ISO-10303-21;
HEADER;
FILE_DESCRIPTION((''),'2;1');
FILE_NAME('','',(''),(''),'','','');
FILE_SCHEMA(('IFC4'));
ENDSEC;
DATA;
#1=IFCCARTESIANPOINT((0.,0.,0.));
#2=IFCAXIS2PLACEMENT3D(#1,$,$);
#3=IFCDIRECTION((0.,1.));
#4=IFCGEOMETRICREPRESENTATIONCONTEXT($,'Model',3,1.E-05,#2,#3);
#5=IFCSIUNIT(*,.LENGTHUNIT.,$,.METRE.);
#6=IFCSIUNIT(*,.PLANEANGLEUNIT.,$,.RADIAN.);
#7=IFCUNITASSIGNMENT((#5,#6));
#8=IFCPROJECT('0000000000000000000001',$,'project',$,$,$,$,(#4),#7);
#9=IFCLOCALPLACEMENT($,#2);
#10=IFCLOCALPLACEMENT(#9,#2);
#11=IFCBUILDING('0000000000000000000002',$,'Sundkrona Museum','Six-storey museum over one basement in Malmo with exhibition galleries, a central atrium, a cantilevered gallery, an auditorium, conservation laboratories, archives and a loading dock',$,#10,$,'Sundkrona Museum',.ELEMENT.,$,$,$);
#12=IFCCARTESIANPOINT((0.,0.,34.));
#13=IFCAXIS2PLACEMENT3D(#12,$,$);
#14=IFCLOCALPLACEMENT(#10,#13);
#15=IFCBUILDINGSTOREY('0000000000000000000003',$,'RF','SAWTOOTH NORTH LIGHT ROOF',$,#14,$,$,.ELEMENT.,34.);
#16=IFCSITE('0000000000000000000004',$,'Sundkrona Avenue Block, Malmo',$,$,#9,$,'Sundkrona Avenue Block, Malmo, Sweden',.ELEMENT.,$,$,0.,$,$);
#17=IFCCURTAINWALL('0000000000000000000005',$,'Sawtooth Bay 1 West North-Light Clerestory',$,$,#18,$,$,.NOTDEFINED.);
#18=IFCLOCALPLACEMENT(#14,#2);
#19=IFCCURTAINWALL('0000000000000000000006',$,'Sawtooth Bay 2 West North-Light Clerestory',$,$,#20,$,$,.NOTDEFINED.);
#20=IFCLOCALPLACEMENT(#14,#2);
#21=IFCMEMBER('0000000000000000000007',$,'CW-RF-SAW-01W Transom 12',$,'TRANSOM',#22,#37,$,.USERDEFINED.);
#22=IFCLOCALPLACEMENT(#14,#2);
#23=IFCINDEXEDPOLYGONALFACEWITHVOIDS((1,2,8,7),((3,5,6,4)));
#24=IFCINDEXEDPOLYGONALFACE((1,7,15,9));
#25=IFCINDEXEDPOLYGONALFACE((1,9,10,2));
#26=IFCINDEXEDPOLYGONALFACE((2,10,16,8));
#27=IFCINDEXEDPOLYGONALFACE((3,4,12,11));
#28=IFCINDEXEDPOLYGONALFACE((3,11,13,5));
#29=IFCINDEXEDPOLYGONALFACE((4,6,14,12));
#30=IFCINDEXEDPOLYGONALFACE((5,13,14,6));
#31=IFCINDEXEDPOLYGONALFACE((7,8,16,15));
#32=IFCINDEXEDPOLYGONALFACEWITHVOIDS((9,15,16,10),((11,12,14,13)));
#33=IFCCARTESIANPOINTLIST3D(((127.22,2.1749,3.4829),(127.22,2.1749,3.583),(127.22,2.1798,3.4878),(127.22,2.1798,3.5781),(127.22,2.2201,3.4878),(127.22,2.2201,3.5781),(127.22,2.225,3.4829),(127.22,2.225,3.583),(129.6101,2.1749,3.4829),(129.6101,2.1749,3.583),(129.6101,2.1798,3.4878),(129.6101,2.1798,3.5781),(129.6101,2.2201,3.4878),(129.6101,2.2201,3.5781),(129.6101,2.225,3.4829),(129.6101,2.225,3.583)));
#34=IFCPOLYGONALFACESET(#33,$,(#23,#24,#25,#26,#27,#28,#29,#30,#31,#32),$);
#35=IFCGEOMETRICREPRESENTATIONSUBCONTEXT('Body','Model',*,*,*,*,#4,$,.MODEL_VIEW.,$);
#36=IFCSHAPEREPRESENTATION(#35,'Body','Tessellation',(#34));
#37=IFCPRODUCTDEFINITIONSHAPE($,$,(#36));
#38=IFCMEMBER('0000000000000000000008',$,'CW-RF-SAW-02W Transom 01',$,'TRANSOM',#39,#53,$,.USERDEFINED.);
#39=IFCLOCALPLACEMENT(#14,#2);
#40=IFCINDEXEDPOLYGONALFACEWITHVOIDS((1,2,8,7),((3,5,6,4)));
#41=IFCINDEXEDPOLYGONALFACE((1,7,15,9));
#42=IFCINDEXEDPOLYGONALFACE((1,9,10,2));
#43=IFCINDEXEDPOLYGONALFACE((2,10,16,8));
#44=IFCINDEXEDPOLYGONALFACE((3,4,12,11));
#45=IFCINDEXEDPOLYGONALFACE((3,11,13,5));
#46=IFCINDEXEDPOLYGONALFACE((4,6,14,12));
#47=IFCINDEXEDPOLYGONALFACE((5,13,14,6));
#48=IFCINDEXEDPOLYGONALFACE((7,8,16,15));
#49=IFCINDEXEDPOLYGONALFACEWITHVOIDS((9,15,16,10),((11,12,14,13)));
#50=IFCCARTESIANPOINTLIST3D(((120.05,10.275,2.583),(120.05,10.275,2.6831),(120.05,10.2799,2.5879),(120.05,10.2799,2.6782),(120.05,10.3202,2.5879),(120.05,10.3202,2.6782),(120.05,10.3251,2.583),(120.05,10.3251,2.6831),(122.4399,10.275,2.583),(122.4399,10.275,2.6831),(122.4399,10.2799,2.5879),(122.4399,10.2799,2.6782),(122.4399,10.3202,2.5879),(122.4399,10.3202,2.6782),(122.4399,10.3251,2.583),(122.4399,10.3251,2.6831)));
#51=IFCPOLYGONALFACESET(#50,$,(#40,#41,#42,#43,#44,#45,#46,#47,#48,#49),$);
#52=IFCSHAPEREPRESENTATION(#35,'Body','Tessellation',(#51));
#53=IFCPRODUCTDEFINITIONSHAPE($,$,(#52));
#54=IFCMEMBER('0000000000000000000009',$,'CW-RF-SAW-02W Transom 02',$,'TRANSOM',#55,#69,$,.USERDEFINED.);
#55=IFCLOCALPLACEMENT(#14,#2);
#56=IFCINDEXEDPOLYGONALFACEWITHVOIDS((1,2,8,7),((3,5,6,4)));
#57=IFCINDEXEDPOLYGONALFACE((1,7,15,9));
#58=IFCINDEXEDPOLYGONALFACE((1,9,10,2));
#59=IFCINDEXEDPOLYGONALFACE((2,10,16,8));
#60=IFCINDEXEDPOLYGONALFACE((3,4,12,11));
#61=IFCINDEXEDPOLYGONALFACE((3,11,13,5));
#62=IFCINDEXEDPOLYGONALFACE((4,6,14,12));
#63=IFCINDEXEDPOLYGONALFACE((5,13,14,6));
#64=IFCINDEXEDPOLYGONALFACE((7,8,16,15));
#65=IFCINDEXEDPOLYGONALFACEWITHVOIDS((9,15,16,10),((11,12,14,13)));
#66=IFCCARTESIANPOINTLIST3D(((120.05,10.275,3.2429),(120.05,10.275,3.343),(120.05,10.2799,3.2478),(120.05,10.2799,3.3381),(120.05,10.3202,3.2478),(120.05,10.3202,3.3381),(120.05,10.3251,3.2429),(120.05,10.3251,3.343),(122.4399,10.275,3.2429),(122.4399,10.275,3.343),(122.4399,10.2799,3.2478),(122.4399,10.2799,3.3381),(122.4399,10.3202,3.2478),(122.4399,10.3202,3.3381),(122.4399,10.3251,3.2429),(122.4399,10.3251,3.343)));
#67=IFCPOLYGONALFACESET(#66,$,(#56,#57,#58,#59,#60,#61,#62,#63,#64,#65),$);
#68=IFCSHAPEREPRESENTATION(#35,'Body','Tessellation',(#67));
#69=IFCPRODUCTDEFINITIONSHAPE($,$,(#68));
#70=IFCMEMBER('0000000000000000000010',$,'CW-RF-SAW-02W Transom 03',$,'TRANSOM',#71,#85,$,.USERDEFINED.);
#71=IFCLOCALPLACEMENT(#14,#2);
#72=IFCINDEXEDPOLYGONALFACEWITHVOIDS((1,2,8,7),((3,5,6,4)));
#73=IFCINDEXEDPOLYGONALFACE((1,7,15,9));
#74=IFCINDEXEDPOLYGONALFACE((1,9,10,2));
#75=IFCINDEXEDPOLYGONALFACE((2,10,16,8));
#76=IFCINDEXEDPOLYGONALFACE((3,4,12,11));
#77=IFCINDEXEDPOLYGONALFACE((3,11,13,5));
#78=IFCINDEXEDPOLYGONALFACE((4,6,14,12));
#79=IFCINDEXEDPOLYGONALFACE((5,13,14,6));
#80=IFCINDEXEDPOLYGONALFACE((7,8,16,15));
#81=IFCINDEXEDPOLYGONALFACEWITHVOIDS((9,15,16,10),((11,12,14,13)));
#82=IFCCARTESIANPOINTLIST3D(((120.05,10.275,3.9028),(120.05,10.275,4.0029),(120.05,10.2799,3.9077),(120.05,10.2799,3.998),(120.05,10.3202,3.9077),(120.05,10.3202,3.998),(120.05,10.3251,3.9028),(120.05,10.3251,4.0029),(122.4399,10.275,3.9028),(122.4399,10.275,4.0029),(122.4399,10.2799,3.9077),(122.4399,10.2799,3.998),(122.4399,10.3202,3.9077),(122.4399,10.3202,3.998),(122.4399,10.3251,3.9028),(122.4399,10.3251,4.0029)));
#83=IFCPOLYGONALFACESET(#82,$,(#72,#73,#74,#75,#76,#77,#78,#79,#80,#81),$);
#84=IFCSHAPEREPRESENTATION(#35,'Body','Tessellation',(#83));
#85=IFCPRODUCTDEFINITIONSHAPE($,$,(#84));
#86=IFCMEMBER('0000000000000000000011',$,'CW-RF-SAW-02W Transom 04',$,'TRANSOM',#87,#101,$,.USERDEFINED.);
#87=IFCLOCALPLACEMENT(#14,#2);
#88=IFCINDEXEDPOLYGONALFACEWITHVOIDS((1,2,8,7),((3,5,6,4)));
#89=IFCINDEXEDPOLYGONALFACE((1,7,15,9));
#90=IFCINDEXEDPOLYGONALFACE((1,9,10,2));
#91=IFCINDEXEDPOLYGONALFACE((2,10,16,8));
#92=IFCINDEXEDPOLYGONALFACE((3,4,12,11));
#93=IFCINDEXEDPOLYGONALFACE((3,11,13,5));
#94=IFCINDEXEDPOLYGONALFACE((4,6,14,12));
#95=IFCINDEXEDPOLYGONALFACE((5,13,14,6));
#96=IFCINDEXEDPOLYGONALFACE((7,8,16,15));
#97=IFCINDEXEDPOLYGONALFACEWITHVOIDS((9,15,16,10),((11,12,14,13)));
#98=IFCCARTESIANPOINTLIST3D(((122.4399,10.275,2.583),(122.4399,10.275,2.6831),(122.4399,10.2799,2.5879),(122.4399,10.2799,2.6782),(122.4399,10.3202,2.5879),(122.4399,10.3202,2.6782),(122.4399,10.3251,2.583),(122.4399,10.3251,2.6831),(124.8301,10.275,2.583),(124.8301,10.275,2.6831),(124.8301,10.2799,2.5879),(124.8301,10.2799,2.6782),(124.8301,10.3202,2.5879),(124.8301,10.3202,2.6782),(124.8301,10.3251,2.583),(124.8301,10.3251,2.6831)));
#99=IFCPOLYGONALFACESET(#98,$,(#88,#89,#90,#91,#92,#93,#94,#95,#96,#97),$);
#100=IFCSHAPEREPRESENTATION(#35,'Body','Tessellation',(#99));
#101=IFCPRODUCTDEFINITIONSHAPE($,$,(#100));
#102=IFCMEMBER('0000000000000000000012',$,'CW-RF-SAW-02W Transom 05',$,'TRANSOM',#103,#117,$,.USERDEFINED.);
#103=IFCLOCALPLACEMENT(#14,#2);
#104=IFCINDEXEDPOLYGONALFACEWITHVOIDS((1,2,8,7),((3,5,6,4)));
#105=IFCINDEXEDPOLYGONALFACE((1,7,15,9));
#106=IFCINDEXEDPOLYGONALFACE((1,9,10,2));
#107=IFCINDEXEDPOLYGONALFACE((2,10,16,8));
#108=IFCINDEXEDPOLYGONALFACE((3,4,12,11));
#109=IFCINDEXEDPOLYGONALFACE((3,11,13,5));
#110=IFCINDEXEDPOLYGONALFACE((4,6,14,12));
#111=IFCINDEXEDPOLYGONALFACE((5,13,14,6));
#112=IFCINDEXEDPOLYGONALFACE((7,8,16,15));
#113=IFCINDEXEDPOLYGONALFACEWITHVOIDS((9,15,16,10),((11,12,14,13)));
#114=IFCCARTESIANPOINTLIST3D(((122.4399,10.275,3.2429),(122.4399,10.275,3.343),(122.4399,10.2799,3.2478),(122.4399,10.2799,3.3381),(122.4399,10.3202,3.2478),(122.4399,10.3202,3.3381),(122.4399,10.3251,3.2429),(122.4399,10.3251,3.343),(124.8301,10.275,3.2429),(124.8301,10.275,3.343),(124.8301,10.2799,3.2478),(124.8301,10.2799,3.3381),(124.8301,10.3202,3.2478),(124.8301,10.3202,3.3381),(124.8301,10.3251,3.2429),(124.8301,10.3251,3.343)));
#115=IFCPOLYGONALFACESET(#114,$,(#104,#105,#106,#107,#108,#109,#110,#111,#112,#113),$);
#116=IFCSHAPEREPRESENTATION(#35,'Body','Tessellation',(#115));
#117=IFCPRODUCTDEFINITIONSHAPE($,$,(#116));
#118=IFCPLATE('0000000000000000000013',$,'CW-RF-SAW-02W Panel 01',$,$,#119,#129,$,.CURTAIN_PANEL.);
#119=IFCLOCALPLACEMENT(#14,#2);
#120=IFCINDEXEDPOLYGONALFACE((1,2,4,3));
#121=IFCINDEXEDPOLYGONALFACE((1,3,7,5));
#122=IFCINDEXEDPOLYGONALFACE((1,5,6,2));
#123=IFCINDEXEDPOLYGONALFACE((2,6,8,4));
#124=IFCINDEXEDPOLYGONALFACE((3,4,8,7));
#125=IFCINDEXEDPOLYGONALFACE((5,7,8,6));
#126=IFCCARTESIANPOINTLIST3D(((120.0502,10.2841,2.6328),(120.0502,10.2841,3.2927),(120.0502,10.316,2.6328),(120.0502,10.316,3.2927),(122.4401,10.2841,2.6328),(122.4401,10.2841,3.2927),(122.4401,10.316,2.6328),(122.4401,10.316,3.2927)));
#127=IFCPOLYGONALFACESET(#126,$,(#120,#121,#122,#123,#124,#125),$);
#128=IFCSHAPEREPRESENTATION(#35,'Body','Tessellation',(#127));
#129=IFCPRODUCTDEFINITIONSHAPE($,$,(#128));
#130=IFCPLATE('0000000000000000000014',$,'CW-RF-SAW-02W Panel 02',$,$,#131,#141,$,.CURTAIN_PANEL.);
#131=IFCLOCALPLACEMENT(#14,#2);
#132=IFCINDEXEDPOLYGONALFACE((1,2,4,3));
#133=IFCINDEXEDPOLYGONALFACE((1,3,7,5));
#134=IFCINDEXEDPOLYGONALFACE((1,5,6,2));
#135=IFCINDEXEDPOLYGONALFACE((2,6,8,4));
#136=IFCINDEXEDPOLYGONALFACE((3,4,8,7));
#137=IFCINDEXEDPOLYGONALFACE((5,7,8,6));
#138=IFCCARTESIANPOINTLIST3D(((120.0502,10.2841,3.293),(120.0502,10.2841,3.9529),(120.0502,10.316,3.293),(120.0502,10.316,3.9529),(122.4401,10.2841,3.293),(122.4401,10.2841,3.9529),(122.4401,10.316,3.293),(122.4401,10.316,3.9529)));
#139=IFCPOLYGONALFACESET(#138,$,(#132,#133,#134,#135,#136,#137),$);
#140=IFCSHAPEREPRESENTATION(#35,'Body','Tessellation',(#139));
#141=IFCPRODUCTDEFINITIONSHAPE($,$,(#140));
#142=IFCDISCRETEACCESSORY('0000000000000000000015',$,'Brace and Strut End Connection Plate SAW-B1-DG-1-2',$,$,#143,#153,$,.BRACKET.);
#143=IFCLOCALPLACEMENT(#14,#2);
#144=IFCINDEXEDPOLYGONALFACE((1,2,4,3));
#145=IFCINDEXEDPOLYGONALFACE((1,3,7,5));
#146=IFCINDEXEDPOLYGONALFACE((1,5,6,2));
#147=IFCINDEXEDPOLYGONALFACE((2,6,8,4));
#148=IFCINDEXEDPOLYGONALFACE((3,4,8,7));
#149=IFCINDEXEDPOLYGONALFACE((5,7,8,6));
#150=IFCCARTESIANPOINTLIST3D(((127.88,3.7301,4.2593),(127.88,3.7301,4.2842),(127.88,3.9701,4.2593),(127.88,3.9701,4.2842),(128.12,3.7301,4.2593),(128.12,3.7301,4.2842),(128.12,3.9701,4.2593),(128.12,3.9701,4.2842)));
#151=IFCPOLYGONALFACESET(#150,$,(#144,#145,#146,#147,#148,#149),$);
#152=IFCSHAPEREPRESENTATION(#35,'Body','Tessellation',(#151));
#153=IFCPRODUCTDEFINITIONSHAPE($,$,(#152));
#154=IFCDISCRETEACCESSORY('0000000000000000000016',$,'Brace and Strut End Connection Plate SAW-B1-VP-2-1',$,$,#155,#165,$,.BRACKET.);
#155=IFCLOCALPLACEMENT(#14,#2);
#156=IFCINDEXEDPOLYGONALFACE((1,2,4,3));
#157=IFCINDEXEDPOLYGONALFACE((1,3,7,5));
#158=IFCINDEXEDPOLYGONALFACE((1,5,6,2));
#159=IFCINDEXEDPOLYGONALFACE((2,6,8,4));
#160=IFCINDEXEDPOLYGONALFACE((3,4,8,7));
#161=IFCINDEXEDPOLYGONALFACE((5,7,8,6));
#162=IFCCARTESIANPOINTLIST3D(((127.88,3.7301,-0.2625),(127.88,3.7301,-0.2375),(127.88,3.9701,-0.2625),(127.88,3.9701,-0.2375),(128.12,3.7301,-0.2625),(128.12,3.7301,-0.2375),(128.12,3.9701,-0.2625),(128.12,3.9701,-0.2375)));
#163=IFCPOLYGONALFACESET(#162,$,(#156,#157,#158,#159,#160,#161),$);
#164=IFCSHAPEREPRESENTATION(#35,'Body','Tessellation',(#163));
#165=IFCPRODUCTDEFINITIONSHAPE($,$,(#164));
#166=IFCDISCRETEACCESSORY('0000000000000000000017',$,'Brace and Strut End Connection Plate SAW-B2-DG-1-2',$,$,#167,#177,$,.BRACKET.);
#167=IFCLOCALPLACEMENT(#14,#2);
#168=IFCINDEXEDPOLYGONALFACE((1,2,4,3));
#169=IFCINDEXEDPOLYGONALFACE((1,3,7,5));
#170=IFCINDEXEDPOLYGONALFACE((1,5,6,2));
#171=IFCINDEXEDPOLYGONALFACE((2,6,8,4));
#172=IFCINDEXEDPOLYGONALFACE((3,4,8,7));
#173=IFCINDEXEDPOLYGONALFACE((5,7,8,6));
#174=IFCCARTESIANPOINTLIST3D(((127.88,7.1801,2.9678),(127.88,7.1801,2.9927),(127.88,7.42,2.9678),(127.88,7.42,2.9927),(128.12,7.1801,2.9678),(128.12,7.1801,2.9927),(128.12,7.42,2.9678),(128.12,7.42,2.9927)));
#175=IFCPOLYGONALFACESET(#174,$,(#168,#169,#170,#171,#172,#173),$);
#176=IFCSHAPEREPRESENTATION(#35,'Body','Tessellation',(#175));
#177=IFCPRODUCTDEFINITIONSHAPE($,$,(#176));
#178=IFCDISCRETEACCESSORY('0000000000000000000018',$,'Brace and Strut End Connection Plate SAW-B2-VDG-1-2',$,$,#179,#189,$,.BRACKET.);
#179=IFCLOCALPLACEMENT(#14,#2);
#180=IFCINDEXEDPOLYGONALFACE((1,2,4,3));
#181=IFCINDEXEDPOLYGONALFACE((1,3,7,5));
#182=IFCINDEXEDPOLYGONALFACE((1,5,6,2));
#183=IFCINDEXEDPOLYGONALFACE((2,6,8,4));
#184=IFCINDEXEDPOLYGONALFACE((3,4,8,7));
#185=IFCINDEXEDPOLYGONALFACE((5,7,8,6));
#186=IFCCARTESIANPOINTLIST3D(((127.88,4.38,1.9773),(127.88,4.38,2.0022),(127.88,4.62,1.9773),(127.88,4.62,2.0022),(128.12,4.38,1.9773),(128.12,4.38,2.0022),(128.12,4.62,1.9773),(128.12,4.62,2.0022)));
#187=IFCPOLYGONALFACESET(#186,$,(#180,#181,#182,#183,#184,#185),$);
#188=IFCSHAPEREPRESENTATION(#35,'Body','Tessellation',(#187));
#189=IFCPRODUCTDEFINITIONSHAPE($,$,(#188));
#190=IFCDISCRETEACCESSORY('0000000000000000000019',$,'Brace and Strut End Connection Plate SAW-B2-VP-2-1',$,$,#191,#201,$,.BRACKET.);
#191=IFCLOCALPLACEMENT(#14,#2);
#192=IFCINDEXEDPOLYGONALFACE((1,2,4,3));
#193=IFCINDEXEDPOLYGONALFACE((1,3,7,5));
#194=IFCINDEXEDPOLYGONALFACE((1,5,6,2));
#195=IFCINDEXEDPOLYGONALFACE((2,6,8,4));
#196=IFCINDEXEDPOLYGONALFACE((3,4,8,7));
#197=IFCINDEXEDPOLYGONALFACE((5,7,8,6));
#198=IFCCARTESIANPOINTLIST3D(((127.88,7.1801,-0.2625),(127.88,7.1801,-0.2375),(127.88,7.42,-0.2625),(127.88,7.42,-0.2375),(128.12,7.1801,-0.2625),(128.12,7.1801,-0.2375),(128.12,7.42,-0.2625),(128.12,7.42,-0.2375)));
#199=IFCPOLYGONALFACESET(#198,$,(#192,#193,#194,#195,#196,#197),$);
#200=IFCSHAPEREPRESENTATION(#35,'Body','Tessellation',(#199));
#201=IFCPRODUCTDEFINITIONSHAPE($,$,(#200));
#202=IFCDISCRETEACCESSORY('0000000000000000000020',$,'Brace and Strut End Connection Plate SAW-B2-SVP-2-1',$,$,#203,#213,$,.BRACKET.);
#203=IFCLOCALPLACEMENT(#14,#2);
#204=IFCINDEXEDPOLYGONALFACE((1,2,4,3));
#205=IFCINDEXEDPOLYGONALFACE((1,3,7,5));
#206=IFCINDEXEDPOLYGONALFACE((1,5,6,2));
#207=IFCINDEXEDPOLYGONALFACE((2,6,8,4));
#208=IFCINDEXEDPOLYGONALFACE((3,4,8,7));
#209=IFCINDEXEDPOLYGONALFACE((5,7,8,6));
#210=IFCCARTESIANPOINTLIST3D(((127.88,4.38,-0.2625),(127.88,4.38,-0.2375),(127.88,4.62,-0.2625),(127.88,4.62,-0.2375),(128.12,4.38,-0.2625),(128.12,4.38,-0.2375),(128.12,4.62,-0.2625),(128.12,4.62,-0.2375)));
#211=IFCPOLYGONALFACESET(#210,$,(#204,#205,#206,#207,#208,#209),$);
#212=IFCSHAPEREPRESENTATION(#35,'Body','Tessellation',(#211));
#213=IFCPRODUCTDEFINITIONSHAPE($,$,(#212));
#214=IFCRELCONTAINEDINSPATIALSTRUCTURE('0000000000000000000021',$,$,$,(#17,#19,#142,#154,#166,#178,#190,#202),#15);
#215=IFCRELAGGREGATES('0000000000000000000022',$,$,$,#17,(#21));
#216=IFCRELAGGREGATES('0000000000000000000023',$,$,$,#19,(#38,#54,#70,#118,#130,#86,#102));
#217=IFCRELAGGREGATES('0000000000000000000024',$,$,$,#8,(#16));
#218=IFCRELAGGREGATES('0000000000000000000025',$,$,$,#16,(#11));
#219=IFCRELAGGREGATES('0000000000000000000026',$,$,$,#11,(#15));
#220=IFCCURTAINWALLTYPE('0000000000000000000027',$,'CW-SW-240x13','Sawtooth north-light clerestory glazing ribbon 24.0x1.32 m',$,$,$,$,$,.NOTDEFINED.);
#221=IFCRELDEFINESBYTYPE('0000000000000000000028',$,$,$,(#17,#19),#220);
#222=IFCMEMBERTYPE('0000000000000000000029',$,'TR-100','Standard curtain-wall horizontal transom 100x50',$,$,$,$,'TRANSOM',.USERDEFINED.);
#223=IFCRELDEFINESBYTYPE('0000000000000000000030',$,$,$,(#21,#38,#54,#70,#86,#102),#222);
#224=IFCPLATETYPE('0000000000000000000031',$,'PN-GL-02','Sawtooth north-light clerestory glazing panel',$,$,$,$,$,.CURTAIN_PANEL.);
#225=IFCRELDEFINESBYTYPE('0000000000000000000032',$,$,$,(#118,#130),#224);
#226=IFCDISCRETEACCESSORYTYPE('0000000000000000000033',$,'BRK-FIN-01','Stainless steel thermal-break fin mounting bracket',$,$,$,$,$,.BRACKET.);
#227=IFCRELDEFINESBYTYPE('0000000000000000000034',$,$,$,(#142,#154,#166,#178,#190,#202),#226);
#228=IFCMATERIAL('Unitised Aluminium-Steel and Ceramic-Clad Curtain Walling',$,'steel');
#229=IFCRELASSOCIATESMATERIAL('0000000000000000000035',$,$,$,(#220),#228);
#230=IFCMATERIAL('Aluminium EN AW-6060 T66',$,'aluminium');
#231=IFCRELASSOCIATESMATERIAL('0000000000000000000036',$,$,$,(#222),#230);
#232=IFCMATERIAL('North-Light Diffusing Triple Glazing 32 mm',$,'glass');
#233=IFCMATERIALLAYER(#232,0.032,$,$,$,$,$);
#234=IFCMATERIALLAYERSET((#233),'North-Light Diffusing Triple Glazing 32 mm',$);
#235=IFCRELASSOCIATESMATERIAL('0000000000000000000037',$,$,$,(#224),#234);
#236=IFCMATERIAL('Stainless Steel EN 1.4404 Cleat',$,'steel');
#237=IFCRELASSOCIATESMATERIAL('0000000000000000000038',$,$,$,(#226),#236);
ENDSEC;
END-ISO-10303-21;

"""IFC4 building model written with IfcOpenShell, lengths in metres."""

from ifc_helpers import new_model, si_unit, direction, frame, origin, origin_2d, place, context, subcontext, project, spatial, rectangle, hollow_rectangle, extrude, material, layer, layer_set, material_profile, profile_set, type_object, element, aggregate, save


model = new_model("IFC4")

# Units and contexts
model_context = context("Model", 3, precision=1e-05, world=origin(), true_north=direction((0.0, 1.0)))
body_context = subcontext(model_context, "Body", "Model", "MODEL_VIEW")
ifc_project = project(units=[si_unit("LENGTHUNIT", "METRE"), si_unit("PLANEANGLEUNIT", "RADIAN")], contexts=[model_context])

# Site, building, storey
site_placement = place(None, origin())
site = spatial("IfcSite", under=ifc_project, at=site_placement, Name="Sundkrona Avenue Block, Malmo", LongName="Sundkrona Avenue Block, Malmo, Sweden", CompositionType="ELEMENT", RefElevation=0.0)
building_placement = place(site_placement, origin())
building = spatial("IfcBuilding", under=site, at=building_placement, Name="Sundkrona Museum", Description="Six-storey museum over one basement in Malmo with exhibition galleries, a central atrium, a cantilevered gallery, an auditorium, conservation laboratories, archives and a loading dock", LongName="Sundkrona Museum", CompositionType="ELEMENT")
storey_placement = place(building_placement, frame((0.0, 0.0, 34.0)))
storey = spatial("IfcBuildingStorey", under=building, at=storey_placement, Name="RF", Description="SAWTOOTH NORTH LIGHT ROOF", CompositionType="ELEMENT", Elevation=34.0)

# Curtain wall
ifc_material_1 = material(Name="Unitised Aluminium-Steel and Ceramic-Clad Curtain Walling", Category="steel")
curtain_wall_type = type_object("IfcCurtainWallType", Name="CW-SW-240x13", Description="Sawtooth north-light clerestory glazing ribbon 24.0x1.32 m", PredefinedType="NOTDEFINED", material=ifc_material_1)
curtain_wall_1_placement = place(storey_placement, origin())
curtain_wall_1 = element("IfcCurtainWall", 1, at=curtain_wall_1_placement, inside=storey, type_object=curtain_wall_type, Name="Sawtooth Bay 1 West North-Light Clerestory", PredefinedType="NOTDEFINED")
ifc_material_2 = material(Name="Aluminium EN AW-6060 T66", Category="aluminium")

# Curtain wall
curtain_wall_2_placement = place(storey_placement, origin())
curtain_wall_2 = element("IfcCurtainWall", 2, at=curtain_wall_2_placement, inside=storey, type_object=curtain_wall_type, Name="Sawtooth Bay 2 West North-Light Clerestory", PredefinedType="NOTDEFINED")

# Members
ifc_material_profile_1 = material_profile(ifc_material_2, hollow_rectangle(XDim=0.05, YDim=0.1001, WallThickness=0.0049, at=origin_2d()), Name="RHS 100x50x5.0")
ifc_profile_set_1 = profile_set([ifc_material_profile_1], Name="Aluminium EN AW-6060 T66")
member_type_1 = type_object("IfcMemberType", Name="TR-100", Description="Standard curtain-wall horizontal transom 100x50", ElementType="TRANSOM", PredefinedType="USERDEFINED", material=ifc_profile_set_1)
member_1_placement = place(storey_placement, frame((127.22, 2.2, 3.533), z_axis=(1.0, 0.0, 0.0), x_axis=(0.0, 1.0, 0.0)))
member_1 = element("IfcMember", 3, at=member_1_placement, type_object=member_type_1, Name="CW-RF-SAW-01W Transom 12", ObjectType="TRANSOM", PredefinedType="USERDEFINED", context=body_context, shape_type="SweptSolid", body=[
    extrude(hollow_rectangle(XDim=0.05, YDim=0.1001, WallThickness=0.0049, at=origin_2d()), origin(), (0.0, 0.0, 1.0), 2.3901),
])
aggregate(curtain_wall_1, [member_1])
member_2_placement = place(storey_placement, frame((120.05, 10.3, 2.6331), z_axis=(1.0, 0.0, 0.0), x_axis=(0.0, 1.0, 0.0)))
member_2 = element("IfcMember", 4, at=member_2_placement, type_object=member_type_1, Name="CW-RF-SAW-02W Transom 01", ObjectType="TRANSOM", PredefinedType="USERDEFINED", context=body_context, shape_type="SweptSolid", body=[
    extrude(hollow_rectangle(XDim=0.05, YDim=0.1001, WallThickness=0.0049, at=origin_2d()), origin(), (0.0, 0.0, 1.0), 2.3899),
])
member_3_placement = place(storey_placement, frame((120.05, 10.3, 3.293), z_axis=(1.0, 0.0, 0.0), x_axis=(0.0, 1.0, 0.0)))
member_3 = element("IfcMember", 5, at=member_3_placement, type_object=member_type_1, Name="CW-RF-SAW-02W Transom 02", ObjectType="TRANSOM", PredefinedType="USERDEFINED", context=body_context, shape_type="SweptSolid", body=[
    extrude(hollow_rectangle(XDim=0.05, YDim=0.1001, WallThickness=0.0049, at=origin_2d()), origin(), (0.0, 0.0, 1.0), 2.3899),
])
member_4_placement = place(storey_placement, frame((120.05, 10.3, 3.9529), z_axis=(1.0, 0.0, 0.0), x_axis=(0.0, 1.0, 0.0)))
member_4 = element("IfcMember", 6, at=member_4_placement, type_object=member_type_1, Name="CW-RF-SAW-02W Transom 03", ObjectType="TRANSOM", PredefinedType="USERDEFINED", context=body_context, shape_type="SweptSolid", body=[
    extrude(hollow_rectangle(XDim=0.05, YDim=0.1001, WallThickness=0.0049, at=origin_2d()), origin(), (0.0, 0.0, 1.0), 2.3899),
])
member_5_placement = place(storey_placement, frame((122.4399, 10.3, 2.6331), z_axis=(1.0, 0.0, 0.0), x_axis=(0.0, 1.0, 0.0)))
member_5 = element("IfcMember", 7, at=member_5_placement, type_object=member_type_1, Name="CW-RF-SAW-02W Transom 04", ObjectType="TRANSOM", PredefinedType="USERDEFINED", context=body_context, shape_type="SweptSolid", body=[
    extrude(hollow_rectangle(XDim=0.05, YDim=0.1001, WallThickness=0.0049, at=origin_2d()), origin(), (0.0, 0.0, 1.0), 2.3901),
])
member_6_placement = place(storey_placement, frame((122.4399, 10.3, 3.293), z_axis=(1.0, 0.0, 0.0), x_axis=(0.0, 1.0, 0.0)))
member_6 = element("IfcMember", 8, at=member_6_placement, type_object=member_type_1, Name="CW-RF-SAW-02W Transom 05", ObjectType="TRANSOM", PredefinedType="USERDEFINED", context=body_context, shape_type="SweptSolid", body=[
    extrude(hollow_rectangle(XDim=0.05, YDim=0.1001, WallThickness=0.0049, at=origin_2d()), origin(), (0.0, 0.0, 1.0), 2.3901),
])

# Plates
ifc_material_3 = material(Name="North-Light Diffusing Triple Glazing 32 mm", Category="glass")
ifc_layer = layer(ifc_material_3, 0.032)
ifc_layer_set = layer_set([ifc_layer], Name="North-Light Diffusing Triple Glazing 32 mm")
plate_type = type_object("IfcPlateType", Name="PN-GL-02", Description="Sawtooth north-light clerestory glazing panel", PredefinedType="CURTAIN_PANEL", material=ifc_layer_set)
plate_1_placement = place(storey_placement, frame((121.2451, 10.3, 2.6328), z_axis=(0.0, 0.0, 1.0), x_axis=(1.0, 0.0, 0.0)))
plate_1 = element("IfcPlate", 9, at=plate_1_placement, type_object=plate_type, Name="CW-RF-SAW-02W Panel 01", PredefinedType="CURTAIN_PANEL", context=body_context, shape_type="SweptSolid", body=[
    extrude(rectangle(XDim=2.3899, YDim=0.032, at=origin_2d()), origin(), (0.0, 0.0, 1.0), 0.6599),
])
plate_2_placement = place(storey_placement, frame((121.2451, 10.3, 3.293), z_axis=(0.0, 0.0, 1.0), x_axis=(1.0, 0.0, 0.0)))
plate_2 = element("IfcPlate", 10, at=plate_2_placement, type_object=plate_type, Name="CW-RF-SAW-02W Panel 02", PredefinedType="CURTAIN_PANEL", context=body_context, shape_type="SweptSolid", body=[
    extrude(rectangle(XDim=2.3899, YDim=0.032, at=origin_2d()), origin(), (0.0, 0.0, 1.0), 0.6599),
])
aggregate(curtain_wall_2, [member_2, member_3, member_4, plate_1, plate_2, member_5, member_6])

# Discrete accessories
ifc_material_4 = material(Name="Stainless Steel EN 1.4404 Cleat", Category="steel")
discrete_accessory_type = type_object("IfcDiscreteAccessoryType", Name="BRK-FIN-01", Description="Stainless steel thermal-break fin mounting bracket", PredefinedType="BRACKET", material=ifc_material_4)
for number, where, z_axis, x_axis, name in (
    (11, (128.0, 3.8501, 4.2593), (0.0, 0.0, 1.0), (1.0, 0.0, 0.0), "Brace and Strut End Connection Plate SAW-B1-DG-1-2"),
    (12, (128.0, 3.8501, -0.2625), (0.0, 0.0, 1.0), (1.0, 0.0, 0.0), "Brace and Strut End Connection Plate SAW-B1-VP-2-1"),
    (13, (128.0, 7.3, 2.9678), (0.0, 0.0, 1.0), (1.0, 0.0, 0.0), "Brace and Strut End Connection Plate SAW-B2-DG-1-2"),
    (14, (128.0, 4.5, 1.9773), (0.0, 0.0, 1.0), (1.0, 0.0, 0.0), "Brace and Strut End Connection Plate SAW-B2-VDG-1-2"),
    (15, (128.0, 7.3, -0.2625), (0.0, 0.0, 1.0), (1.0, 0.0, 0.0), "Brace and Strut End Connection Plate SAW-B2-VP-2-1"),
    (16, (128.0, 4.5, -0.2625), (0.0, 0.0, 1.0), (1.0, 0.0, 0.0), "Brace and Strut End Connection Plate SAW-B2-SVP-2-1"),
):
    element("IfcDiscreteAccessory", number, at=place(storey_placement, frame(where, z_axis=z_axis, x_axis=x_axis)), inside=storey, type_object=discrete_accessory_type, Name=name, PredefinedType="BRACKET", context=body_context, shape_type="SweptSolid", body=[
        extrude(rectangle(XDim=0.24, YDim=0.24, at=origin_2d()), origin(), (0.0, 0.0, 1.0), 0.0249),
    ])

save(model, "model.ifc")
